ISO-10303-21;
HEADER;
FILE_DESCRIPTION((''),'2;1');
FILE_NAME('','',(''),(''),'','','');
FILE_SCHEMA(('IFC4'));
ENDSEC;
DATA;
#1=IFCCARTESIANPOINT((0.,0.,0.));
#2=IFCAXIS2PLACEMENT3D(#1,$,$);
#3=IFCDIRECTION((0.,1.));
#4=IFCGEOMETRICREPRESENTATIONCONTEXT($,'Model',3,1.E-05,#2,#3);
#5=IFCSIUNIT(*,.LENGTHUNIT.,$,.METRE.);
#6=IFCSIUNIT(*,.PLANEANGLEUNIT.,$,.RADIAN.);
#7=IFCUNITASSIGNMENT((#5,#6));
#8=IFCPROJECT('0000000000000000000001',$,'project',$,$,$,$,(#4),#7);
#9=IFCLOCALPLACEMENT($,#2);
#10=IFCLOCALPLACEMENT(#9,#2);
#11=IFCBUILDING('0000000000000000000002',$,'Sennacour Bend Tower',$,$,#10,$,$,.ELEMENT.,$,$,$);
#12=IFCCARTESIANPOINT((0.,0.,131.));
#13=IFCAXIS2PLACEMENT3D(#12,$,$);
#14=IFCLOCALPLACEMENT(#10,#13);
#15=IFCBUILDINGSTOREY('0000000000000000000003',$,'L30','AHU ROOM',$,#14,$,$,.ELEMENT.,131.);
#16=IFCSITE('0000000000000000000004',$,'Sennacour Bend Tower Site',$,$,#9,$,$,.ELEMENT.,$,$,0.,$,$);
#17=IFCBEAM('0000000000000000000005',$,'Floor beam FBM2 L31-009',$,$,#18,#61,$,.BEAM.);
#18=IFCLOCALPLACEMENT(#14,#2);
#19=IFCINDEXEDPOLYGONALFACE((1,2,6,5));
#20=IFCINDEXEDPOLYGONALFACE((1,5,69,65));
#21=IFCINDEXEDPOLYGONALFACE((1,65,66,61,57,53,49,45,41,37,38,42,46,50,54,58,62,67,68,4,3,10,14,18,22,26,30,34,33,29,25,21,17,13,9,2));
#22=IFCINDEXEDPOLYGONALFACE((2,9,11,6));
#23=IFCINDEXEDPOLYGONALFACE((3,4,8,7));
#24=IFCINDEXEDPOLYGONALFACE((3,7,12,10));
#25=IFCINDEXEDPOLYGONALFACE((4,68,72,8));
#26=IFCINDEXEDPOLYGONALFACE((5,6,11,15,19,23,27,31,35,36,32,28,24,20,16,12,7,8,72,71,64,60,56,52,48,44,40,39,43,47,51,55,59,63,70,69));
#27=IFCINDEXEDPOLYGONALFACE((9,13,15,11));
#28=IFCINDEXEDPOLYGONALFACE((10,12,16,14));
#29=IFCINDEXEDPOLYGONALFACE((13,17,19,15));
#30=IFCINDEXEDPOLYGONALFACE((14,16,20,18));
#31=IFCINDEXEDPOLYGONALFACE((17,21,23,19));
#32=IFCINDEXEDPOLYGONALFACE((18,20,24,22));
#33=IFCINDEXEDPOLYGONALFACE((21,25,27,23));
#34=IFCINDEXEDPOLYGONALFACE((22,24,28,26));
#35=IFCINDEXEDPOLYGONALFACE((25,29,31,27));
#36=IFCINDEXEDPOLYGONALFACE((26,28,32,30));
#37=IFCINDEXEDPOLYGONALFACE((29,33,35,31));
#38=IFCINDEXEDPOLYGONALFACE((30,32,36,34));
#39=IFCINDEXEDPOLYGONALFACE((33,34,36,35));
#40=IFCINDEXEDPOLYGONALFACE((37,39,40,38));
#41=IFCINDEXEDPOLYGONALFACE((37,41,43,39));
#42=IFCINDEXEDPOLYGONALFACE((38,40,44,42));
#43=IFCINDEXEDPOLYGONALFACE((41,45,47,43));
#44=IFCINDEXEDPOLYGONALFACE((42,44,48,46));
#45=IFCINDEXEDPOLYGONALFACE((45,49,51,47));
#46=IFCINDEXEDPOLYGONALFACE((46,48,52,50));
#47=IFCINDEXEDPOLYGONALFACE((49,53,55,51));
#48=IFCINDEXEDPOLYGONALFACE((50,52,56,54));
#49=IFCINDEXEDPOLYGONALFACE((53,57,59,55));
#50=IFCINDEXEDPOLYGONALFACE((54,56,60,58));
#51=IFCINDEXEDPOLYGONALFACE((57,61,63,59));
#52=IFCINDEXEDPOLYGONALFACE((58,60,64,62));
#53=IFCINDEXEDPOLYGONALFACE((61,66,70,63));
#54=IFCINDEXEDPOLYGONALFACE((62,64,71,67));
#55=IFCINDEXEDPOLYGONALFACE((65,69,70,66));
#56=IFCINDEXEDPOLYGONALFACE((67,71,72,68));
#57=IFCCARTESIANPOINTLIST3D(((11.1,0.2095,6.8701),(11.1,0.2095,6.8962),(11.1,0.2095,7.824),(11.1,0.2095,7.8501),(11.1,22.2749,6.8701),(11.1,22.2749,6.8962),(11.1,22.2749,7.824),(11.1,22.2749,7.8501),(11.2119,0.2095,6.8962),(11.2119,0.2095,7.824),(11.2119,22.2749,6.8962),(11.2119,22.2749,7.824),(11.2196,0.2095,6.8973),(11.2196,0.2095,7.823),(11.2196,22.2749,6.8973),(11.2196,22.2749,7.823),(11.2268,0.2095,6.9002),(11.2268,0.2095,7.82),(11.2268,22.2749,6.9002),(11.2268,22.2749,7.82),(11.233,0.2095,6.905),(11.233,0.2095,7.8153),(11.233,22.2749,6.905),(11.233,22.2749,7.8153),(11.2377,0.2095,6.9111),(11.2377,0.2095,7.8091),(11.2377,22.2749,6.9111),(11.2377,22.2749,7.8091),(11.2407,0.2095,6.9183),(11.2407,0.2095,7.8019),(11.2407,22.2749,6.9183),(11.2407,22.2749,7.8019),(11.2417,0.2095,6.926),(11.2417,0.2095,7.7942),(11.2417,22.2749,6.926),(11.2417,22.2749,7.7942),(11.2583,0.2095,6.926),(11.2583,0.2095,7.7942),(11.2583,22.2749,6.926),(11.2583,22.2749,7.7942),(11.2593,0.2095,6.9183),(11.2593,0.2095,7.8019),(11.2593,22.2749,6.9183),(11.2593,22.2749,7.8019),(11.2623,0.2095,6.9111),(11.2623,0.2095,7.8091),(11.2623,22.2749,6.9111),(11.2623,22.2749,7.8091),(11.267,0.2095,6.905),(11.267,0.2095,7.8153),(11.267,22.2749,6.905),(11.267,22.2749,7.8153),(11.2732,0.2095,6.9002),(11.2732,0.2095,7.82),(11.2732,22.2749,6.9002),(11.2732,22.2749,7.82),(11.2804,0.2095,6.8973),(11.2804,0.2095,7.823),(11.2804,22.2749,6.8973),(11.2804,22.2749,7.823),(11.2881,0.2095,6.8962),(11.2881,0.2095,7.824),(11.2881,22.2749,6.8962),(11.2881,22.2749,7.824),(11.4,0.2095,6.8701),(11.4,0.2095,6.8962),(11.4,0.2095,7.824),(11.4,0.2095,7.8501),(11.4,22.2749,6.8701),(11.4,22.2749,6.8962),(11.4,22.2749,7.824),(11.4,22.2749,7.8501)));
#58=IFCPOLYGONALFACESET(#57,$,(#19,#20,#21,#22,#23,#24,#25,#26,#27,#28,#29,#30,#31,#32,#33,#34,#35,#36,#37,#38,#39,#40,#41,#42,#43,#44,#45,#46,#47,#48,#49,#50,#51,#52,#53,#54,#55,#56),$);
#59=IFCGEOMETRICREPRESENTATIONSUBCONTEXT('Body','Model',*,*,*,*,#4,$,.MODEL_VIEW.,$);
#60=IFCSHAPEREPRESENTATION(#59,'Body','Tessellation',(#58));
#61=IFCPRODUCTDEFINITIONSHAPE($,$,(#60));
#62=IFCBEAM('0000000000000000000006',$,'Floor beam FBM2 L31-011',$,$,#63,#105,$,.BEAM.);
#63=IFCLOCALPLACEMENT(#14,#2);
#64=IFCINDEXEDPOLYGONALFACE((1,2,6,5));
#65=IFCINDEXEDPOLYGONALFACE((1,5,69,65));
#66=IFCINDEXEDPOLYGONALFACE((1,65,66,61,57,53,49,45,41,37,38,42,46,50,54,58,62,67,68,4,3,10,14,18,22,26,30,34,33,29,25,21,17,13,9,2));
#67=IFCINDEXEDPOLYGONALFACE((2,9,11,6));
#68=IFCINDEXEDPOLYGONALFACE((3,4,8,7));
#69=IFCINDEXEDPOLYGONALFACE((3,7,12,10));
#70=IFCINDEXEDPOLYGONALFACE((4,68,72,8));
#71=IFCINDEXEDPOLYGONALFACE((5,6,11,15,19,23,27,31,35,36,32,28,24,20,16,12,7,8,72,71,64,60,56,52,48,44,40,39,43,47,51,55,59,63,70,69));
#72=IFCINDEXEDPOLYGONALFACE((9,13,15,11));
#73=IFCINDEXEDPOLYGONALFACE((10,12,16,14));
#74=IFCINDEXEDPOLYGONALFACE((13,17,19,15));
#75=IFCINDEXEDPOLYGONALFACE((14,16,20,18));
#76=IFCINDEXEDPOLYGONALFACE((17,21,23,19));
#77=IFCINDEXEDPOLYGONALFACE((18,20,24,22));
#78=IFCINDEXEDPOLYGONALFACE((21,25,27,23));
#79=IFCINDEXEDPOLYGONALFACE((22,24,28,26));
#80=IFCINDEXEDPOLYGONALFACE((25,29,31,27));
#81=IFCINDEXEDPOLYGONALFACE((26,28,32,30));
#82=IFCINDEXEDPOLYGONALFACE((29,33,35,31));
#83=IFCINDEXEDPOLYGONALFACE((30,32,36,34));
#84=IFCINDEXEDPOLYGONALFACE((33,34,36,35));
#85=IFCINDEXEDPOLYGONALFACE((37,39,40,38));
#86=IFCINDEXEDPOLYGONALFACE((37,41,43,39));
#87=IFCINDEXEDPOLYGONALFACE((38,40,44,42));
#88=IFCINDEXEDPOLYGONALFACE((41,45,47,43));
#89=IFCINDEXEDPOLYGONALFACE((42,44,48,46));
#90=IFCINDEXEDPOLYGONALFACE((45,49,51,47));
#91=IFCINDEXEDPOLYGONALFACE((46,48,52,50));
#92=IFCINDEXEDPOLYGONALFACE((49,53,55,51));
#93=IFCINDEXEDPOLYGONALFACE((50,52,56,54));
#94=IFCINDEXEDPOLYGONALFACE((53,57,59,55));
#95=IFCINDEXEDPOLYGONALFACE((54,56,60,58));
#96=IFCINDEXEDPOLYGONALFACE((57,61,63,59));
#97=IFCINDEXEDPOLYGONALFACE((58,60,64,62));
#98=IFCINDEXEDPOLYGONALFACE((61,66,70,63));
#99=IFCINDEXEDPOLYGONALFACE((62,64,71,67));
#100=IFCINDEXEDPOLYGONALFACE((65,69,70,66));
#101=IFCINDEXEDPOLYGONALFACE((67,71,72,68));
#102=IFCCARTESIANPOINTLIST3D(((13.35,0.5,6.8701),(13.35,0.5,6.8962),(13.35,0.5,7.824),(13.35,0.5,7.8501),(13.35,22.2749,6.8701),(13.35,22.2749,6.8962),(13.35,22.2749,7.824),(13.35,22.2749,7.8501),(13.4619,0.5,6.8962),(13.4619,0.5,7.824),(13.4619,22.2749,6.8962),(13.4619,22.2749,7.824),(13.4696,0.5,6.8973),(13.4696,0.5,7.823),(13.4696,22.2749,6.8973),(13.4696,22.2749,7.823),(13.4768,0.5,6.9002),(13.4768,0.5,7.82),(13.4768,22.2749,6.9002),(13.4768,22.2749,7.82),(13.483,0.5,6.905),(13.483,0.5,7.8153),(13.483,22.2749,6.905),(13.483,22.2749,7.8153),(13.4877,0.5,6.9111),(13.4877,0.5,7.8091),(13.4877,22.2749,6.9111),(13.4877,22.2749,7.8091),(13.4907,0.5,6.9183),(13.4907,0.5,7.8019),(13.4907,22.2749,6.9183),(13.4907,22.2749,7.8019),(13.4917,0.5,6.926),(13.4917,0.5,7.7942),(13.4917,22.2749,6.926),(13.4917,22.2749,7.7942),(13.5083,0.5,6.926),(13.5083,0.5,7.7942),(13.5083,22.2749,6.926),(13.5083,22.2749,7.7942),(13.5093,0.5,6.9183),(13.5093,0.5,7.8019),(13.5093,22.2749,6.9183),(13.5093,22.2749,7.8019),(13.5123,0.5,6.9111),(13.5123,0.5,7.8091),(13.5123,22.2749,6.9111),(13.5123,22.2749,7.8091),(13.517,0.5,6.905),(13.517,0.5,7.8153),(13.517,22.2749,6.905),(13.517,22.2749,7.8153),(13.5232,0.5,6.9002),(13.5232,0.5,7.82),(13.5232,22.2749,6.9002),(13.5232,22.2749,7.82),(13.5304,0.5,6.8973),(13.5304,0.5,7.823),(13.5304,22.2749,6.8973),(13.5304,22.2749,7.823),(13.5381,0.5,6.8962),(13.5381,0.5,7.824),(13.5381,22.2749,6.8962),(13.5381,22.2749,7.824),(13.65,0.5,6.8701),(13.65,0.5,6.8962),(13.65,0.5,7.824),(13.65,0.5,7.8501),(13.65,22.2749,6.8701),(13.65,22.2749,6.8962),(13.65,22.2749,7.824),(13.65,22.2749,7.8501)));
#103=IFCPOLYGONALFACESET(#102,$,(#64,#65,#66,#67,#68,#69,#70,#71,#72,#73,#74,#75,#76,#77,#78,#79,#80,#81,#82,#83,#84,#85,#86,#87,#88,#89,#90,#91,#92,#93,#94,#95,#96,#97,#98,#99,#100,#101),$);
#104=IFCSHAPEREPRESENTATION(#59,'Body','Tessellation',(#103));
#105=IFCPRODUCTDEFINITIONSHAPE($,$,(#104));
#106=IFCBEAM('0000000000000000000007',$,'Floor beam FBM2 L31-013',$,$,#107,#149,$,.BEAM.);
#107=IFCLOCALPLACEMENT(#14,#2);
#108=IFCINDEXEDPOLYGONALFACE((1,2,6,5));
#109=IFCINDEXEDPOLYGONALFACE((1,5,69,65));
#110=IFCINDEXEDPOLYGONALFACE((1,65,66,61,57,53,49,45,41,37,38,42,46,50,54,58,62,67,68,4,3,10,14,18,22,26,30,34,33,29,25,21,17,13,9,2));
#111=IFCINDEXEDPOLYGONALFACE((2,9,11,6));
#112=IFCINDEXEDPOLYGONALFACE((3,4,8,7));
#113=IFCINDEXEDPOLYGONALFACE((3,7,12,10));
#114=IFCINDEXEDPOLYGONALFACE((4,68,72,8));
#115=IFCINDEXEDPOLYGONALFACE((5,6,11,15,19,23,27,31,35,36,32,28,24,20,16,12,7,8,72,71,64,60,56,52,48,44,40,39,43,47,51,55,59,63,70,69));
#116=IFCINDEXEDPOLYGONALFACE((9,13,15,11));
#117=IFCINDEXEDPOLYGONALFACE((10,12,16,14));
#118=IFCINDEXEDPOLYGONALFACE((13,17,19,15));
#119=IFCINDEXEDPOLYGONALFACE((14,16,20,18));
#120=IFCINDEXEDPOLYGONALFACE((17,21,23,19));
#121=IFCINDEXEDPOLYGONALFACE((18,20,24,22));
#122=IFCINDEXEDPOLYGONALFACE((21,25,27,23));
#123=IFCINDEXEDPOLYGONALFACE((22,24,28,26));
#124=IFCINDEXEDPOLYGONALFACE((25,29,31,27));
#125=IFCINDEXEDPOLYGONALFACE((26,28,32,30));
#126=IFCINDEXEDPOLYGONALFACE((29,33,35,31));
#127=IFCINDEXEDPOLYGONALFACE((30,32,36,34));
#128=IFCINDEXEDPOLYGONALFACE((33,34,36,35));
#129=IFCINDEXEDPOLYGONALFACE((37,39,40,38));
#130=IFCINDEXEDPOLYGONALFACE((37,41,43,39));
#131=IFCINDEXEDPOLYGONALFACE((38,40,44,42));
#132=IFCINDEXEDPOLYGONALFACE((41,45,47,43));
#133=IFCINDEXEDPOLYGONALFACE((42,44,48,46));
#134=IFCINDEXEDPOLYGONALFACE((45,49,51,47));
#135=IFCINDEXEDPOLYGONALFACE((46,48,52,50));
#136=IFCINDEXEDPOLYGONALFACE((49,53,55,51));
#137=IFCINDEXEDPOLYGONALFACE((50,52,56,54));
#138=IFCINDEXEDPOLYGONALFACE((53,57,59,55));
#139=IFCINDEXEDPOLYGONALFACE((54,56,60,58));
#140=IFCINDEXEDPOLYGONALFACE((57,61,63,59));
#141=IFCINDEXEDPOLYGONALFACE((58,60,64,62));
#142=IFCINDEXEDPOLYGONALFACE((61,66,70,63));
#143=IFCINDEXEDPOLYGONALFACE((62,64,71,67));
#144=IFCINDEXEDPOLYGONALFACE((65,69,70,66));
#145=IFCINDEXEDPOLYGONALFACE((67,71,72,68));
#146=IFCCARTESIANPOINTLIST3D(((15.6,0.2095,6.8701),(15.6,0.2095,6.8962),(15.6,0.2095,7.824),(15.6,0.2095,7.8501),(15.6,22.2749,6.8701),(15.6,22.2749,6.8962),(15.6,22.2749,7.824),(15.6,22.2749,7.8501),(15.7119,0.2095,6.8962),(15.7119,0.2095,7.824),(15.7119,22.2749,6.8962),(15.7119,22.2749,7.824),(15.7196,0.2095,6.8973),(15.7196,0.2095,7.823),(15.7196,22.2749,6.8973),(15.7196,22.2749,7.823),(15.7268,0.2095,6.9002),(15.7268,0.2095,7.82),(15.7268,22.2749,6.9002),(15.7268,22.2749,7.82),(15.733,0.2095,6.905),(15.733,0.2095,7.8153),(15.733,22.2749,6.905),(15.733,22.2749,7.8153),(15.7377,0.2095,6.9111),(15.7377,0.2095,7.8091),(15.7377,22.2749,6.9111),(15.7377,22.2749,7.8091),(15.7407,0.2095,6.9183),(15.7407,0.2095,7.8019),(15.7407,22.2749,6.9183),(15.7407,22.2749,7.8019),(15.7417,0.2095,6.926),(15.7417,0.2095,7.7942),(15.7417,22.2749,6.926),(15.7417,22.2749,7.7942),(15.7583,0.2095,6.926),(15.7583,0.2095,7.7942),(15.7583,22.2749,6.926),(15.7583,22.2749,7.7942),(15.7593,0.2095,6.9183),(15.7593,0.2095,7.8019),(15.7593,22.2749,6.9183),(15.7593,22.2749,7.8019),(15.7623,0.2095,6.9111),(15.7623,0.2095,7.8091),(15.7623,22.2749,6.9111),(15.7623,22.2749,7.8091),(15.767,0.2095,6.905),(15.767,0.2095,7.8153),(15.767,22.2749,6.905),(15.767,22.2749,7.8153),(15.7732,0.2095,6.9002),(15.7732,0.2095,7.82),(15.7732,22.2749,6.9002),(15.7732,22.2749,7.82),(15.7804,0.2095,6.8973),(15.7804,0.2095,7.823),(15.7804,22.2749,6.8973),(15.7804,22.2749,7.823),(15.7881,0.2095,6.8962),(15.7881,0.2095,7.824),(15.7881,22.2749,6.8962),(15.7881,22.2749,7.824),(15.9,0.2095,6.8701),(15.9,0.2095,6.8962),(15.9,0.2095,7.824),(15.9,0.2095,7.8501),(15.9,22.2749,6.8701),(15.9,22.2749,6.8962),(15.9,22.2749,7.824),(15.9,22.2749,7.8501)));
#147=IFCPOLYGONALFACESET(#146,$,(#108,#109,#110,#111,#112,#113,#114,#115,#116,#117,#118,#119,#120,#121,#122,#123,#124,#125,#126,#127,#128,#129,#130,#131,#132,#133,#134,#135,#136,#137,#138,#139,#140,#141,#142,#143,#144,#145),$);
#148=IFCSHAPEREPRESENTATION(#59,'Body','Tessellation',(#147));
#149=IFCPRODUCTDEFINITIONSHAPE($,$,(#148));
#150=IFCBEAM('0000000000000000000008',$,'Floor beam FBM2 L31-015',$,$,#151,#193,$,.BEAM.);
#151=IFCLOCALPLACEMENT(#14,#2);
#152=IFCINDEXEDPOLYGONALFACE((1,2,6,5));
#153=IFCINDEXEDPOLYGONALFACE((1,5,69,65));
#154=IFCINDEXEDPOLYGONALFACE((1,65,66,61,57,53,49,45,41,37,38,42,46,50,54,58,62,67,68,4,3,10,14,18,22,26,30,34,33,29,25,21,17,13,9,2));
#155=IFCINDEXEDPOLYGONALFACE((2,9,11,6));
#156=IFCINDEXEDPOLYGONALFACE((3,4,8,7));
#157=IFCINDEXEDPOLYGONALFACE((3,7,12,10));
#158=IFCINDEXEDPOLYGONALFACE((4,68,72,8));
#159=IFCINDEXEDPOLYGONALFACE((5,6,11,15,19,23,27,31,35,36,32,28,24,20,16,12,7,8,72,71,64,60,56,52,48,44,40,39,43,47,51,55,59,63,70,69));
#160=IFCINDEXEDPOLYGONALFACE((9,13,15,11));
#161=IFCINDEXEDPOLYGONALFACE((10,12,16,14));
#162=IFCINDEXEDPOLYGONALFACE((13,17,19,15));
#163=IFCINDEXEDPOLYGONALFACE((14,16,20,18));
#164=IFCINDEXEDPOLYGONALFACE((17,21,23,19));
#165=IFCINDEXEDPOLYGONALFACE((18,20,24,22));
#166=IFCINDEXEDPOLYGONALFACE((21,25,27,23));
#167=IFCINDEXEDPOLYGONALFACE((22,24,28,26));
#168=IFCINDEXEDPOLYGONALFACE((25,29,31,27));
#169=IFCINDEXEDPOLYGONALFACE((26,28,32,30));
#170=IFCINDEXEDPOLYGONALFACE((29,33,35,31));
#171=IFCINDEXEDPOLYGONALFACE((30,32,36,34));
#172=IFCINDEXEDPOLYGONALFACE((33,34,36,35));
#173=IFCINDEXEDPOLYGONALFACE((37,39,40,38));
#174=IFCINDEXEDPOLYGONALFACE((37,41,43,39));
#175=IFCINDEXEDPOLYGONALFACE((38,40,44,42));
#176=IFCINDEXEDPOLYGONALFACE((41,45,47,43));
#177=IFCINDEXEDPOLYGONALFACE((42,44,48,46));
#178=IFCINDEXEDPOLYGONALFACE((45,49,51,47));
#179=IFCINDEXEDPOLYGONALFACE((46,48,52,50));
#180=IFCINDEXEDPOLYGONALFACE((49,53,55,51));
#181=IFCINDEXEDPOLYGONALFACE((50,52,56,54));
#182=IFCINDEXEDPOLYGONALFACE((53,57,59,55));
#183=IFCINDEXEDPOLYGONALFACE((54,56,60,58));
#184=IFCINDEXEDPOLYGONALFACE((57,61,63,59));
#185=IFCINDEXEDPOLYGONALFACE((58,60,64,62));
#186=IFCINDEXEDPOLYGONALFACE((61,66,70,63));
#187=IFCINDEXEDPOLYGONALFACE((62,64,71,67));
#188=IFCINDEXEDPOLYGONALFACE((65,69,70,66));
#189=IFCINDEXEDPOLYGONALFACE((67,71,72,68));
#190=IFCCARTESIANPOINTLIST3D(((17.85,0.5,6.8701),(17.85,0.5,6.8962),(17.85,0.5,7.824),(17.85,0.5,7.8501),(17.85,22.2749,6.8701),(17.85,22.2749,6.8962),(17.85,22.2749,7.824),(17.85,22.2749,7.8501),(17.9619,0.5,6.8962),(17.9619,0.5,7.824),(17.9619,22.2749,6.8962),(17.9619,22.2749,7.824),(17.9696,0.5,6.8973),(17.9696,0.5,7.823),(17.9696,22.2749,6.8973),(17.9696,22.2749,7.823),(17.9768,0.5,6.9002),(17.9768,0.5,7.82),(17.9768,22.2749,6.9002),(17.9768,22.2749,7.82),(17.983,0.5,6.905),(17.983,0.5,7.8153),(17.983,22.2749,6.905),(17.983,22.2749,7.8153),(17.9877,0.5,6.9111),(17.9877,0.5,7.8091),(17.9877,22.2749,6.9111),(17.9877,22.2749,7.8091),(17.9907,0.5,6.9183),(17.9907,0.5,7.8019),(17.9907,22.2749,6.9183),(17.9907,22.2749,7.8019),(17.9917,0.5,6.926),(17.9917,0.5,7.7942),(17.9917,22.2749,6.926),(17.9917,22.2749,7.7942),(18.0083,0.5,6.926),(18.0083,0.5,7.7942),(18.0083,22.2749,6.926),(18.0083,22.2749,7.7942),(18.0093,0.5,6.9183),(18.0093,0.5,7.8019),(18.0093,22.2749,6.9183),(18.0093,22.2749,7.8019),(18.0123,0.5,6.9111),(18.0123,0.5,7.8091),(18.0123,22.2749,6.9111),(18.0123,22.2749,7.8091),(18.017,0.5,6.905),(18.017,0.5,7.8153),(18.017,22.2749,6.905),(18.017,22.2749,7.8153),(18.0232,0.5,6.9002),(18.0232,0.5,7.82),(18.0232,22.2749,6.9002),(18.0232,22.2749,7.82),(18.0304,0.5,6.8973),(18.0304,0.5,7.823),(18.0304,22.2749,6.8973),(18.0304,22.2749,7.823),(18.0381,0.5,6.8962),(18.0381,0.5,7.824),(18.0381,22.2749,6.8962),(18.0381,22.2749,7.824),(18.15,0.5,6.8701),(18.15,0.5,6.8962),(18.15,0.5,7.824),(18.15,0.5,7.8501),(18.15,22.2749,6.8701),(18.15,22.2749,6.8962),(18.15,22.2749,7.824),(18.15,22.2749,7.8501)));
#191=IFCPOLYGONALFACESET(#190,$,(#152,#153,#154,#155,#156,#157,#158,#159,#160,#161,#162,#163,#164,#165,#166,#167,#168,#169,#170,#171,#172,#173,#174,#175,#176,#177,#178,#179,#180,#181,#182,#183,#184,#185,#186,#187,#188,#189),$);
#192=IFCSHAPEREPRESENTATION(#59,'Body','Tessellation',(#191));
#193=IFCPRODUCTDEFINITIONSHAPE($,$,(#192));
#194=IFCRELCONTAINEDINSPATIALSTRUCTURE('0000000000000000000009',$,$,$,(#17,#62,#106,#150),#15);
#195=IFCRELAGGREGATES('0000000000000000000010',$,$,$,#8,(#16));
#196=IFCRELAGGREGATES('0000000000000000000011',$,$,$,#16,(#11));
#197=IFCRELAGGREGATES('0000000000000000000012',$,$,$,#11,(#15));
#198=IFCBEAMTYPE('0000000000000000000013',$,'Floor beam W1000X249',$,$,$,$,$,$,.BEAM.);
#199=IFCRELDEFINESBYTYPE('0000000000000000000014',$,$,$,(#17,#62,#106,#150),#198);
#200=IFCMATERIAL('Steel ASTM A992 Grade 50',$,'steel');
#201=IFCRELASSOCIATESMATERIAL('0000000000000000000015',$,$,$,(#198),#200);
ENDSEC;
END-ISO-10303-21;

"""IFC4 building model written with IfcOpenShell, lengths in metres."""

from ifc_helpers import new_model, si_unit, direction, frame, origin, origin_2d, place, context, subcontext, project, spatial, i_section, extrude, material, material_profile, profile_set, type_object, element, save


model = new_model("IFC4")

# Units and contexts
model_context = context("Model", 3, precision=1e-05, world=origin(), true_north=direction((0.0, 1.0)))
body_context = subcontext(model_context, "Body", "Model", "MODEL_VIEW")
ifc_project = project(units=[si_unit("LENGTHUNIT", "METRE"), si_unit("PLANEANGLEUNIT", "RADIAN")], contexts=[model_context])

# Site, building, storey
site_placement = place(None, origin())
site = spatial("IfcSite", under=ifc_project, at=site_placement, Name="Sennacour Bend Tower Site", CompositionType="ELEMENT", RefElevation=0.0)
building_placement = place(site_placement, origin())
building = spatial("IfcBuilding", under=site, at=building_placement, Name="Sennacour Bend Tower", CompositionType="ELEMENT")
storey_placement = place(building_placement, frame((0.0, 0.0, 131.0)))
storey = spatial("IfcBuildingStorey", under=building, at=storey_placement, Name="L30", Description="AHU ROOM", CompositionType="ELEMENT", Elevation=131.0)

# Shared definitions
ifc_material_1 = material(Name="Steel ASTM A992 Grade 50", Category="steel")

# Beams
ifc_material_profile_1 = material_profile(ifc_material_1, i_section(OverallWidth=0.3, OverallDepth=0.98, WebThickness=0.0166, FlangeThickness=0.0261, FilletRadius=0.0298, at=origin_2d()), Name="Steel ASTM A992 Grade 50", Category="steel")
ifc_profile_set_1 = profile_set([ifc_material_profile_1], Name="Steel ASTM A992 Grade 50")
beam_type = type_object("IfcBeamType", Name="Floor beam W1000X249", PredefinedType="BEAM", material=ifc_profile_set_1)
beam_1_placement = place(storey_placement, frame((11.25, 0.2095, 7.3601), z_axis=(0.0, 1.0, 0.0), x_axis=(-1.0, 0.0, 0.0)))
element("IfcBeam", 1, at=beam_1_placement, inside=storey, type_object=beam_type, Name="Floor beam FBM2 L31-009", PredefinedType="BEAM", context=body_context, shape_type="SweptSolid", body=[
    extrude(i_section(OverallWidth=0.3, OverallDepth=0.98, WebThickness=0.0166, FlangeThickness=0.0261, FilletRadius=0.0298, at=origin_2d()), origin(), (0.0, 0.0, 1.0), 22.0654),
])
beam_2_placement = place(storey_placement, frame((13.5, 0.5, 7.3601), z_axis=(0.0, 1.0, 0.0), x_axis=(-1.0, 0.0, 0.0)))
element("IfcBeam", 2, at=beam_2_placement, inside=storey, type_object=beam_type, Name="Floor beam FBM2 L31-011", PredefinedType="BEAM", context=body_context, shape_type="SweptSolid", body=[
    extrude(i_section(OverallWidth=0.3, OverallDepth=0.98, WebThickness=0.0166, FlangeThickness=0.0261, FilletRadius=0.0298, at=origin_2d()), origin(), (0.0, 0.0, 1.0), 21.7749),
])
beam_3_placement = place(storey_placement, frame((15.75, 0.2095, 7.3601), z_axis=(0.0, 1.0, 0.0), x_axis=(-1.0, 0.0, 0.0)))
element("IfcBeam", 3, at=beam_3_placement, inside=storey, type_object=beam_type, Name="Floor beam FBM2 L31-013", PredefinedType="BEAM", context=body_context, shape_type="SweptSolid", body=[
    extrude(i_section(OverallWidth=0.3, OverallDepth=0.98, WebThickness=0.0166, FlangeThickness=0.0261, FilletRadius=0.0298, at=origin_2d()), origin(), (0.0, 0.0, 1.0), 22.0654),
])
beam_4_placement = place(storey_placement, frame((18.0, 0.5, 7.3601), z_axis=(0.0, 1.0, 0.0), x_axis=(-1.0, 0.0, 0.0)))
element("IfcBeam", 4, at=beam_4_placement, inside=storey, type_object=beam_type, Name="Floor beam FBM2 L31-015", PredefinedType="BEAM", context=body_context, shape_type="SweptSolid", body=[
    extrude(i_section(OverallWidth=0.3, OverallDepth=0.98, WebThickness=0.0166, FlangeThickness=0.0261, FilletRadius=0.0298, at=origin_2d()), origin(), (0.0, 0.0, 1.0), 21.7749),
])

save(model, "model.ifc")
